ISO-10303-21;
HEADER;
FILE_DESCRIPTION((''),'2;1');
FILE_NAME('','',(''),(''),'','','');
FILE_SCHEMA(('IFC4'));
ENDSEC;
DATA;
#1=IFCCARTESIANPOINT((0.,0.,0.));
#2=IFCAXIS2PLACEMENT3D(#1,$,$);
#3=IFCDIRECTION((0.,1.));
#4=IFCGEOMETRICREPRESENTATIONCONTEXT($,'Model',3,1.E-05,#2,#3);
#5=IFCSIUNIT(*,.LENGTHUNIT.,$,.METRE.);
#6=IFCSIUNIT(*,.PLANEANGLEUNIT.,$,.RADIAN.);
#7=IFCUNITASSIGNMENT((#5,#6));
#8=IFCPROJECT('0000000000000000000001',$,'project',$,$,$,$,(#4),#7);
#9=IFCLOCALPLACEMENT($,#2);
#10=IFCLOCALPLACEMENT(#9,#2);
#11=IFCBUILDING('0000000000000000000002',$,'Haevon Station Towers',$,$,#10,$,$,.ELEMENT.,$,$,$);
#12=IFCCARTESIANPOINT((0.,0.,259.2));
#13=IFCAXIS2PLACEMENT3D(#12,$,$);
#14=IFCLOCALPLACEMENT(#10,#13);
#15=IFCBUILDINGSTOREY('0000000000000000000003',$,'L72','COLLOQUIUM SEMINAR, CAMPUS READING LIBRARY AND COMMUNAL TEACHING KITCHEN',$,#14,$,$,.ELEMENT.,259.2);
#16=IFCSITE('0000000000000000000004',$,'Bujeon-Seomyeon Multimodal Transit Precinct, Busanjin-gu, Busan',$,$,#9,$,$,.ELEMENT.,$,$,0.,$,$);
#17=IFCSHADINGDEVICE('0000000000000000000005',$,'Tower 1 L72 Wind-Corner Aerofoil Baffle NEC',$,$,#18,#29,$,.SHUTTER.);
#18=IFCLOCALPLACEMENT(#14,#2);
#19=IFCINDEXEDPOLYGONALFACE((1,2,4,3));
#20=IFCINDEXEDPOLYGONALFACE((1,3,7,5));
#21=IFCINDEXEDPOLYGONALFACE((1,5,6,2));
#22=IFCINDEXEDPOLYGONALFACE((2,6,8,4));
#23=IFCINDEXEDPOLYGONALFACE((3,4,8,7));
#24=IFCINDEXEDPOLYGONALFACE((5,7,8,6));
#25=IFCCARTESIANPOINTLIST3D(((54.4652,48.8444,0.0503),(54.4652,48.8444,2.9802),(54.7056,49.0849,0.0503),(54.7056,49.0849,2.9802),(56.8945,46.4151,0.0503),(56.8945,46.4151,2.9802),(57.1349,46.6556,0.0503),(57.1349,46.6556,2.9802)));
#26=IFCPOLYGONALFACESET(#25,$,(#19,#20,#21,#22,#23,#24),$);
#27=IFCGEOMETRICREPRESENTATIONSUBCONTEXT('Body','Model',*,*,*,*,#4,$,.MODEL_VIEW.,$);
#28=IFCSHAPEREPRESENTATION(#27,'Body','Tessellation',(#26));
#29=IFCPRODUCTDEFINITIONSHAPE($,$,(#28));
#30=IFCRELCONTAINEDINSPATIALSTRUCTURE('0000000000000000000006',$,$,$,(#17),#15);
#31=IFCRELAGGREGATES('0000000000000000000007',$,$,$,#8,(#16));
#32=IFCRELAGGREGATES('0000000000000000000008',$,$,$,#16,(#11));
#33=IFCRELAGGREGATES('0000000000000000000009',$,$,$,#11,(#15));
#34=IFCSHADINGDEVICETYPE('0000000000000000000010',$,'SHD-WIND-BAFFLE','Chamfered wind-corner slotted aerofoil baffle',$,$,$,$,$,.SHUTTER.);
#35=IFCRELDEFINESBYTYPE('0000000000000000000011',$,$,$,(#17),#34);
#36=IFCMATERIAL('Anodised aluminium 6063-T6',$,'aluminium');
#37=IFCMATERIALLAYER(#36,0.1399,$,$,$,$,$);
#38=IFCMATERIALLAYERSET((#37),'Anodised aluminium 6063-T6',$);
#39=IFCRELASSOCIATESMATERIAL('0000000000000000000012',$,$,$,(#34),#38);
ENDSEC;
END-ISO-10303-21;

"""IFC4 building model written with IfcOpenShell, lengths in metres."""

from ifc_helpers import new_model, si_unit, direction, frame, origin, origin_2d, place, context, subcontext, project, spatial, rectangle, extrude, material, layer, layer_set, type_object, element, save


model = new_model("IFC4")

# Units and contexts
model_context = context("Model", 3, precision=1e-05, world=origin(), true_north=direction((0.0, 1.0)))
body_context = subcontext(model_context, "Body", "Model", "MODEL_VIEW")
ifc_project = project(units=[si_unit("LENGTHUNIT", "METRE"), si_unit("PLANEANGLEUNIT", "RADIAN")], contexts=[model_context])

# Site, building, storey
site_placement = place(None, origin())
site = spatial("IfcSite", under=ifc_project, at=site_placement, Name="Bujeon-Seomyeon Multimodal Transit Precinct, Busanjin-gu, Busan", CompositionType="ELEMENT", RefElevation=0.0)
building_placement = place(site_placement, origin())
building = spatial("IfcBuilding", under=site, at=building_placement, Name="Haevon Station Towers", CompositionType="ELEMENT")
storey_placement = place(building_placement, frame((0.0, 0.0, 259.2)))
storey = spatial("IfcBuildingStorey", under=building, at=storey_placement, Name="L72", Description="COLLOQUIUM SEMINAR, CAMPUS READING LIBRARY AND COMMUNAL TEACHING KITCHEN", CompositionType="ELEMENT", Elevation=259.2)

# Shading device
ifc_material_1 = material(Name="Anodised aluminium 6063-T6", Category="aluminium")
ifc_layer_1 = layer(ifc_material_1, 0.1399)
ifc_layer_set_1 = layer_set([ifc_layer_1], Name="Anodised aluminium 6063-T6")
shading_device_type = type_object("IfcShadingDeviceType", Name="SHD-WIND-BAFFLE", Description="Chamfered wind-corner slotted aerofoil baffle", PredefinedType="SHUTTER", material=ifc_layer_set_1)
shading_device_placement = place(storey_placement, frame((55.8, 47.75, 0.0503), z_axis=(0.0, 0.0, 1.0), x_axis=(0.707107, -0.707107, 0.0)))
element("IfcShadingDevice", 1, at=shading_device_placement, inside=storey, type_object=shading_device_type, Name="Tower 1 L72 Wind-Corner Aerofoil Baffle NEC", PredefinedType="SHUTTER", context=body_context, shape_type="SweptSolid", body=[
    extrude(rectangle(XDim=3.4355, YDim=0.3401, at=origin_2d()), origin(), (0.0, 0.0, 1.0), 2.9299),
])

save(model, "model.ifc")
